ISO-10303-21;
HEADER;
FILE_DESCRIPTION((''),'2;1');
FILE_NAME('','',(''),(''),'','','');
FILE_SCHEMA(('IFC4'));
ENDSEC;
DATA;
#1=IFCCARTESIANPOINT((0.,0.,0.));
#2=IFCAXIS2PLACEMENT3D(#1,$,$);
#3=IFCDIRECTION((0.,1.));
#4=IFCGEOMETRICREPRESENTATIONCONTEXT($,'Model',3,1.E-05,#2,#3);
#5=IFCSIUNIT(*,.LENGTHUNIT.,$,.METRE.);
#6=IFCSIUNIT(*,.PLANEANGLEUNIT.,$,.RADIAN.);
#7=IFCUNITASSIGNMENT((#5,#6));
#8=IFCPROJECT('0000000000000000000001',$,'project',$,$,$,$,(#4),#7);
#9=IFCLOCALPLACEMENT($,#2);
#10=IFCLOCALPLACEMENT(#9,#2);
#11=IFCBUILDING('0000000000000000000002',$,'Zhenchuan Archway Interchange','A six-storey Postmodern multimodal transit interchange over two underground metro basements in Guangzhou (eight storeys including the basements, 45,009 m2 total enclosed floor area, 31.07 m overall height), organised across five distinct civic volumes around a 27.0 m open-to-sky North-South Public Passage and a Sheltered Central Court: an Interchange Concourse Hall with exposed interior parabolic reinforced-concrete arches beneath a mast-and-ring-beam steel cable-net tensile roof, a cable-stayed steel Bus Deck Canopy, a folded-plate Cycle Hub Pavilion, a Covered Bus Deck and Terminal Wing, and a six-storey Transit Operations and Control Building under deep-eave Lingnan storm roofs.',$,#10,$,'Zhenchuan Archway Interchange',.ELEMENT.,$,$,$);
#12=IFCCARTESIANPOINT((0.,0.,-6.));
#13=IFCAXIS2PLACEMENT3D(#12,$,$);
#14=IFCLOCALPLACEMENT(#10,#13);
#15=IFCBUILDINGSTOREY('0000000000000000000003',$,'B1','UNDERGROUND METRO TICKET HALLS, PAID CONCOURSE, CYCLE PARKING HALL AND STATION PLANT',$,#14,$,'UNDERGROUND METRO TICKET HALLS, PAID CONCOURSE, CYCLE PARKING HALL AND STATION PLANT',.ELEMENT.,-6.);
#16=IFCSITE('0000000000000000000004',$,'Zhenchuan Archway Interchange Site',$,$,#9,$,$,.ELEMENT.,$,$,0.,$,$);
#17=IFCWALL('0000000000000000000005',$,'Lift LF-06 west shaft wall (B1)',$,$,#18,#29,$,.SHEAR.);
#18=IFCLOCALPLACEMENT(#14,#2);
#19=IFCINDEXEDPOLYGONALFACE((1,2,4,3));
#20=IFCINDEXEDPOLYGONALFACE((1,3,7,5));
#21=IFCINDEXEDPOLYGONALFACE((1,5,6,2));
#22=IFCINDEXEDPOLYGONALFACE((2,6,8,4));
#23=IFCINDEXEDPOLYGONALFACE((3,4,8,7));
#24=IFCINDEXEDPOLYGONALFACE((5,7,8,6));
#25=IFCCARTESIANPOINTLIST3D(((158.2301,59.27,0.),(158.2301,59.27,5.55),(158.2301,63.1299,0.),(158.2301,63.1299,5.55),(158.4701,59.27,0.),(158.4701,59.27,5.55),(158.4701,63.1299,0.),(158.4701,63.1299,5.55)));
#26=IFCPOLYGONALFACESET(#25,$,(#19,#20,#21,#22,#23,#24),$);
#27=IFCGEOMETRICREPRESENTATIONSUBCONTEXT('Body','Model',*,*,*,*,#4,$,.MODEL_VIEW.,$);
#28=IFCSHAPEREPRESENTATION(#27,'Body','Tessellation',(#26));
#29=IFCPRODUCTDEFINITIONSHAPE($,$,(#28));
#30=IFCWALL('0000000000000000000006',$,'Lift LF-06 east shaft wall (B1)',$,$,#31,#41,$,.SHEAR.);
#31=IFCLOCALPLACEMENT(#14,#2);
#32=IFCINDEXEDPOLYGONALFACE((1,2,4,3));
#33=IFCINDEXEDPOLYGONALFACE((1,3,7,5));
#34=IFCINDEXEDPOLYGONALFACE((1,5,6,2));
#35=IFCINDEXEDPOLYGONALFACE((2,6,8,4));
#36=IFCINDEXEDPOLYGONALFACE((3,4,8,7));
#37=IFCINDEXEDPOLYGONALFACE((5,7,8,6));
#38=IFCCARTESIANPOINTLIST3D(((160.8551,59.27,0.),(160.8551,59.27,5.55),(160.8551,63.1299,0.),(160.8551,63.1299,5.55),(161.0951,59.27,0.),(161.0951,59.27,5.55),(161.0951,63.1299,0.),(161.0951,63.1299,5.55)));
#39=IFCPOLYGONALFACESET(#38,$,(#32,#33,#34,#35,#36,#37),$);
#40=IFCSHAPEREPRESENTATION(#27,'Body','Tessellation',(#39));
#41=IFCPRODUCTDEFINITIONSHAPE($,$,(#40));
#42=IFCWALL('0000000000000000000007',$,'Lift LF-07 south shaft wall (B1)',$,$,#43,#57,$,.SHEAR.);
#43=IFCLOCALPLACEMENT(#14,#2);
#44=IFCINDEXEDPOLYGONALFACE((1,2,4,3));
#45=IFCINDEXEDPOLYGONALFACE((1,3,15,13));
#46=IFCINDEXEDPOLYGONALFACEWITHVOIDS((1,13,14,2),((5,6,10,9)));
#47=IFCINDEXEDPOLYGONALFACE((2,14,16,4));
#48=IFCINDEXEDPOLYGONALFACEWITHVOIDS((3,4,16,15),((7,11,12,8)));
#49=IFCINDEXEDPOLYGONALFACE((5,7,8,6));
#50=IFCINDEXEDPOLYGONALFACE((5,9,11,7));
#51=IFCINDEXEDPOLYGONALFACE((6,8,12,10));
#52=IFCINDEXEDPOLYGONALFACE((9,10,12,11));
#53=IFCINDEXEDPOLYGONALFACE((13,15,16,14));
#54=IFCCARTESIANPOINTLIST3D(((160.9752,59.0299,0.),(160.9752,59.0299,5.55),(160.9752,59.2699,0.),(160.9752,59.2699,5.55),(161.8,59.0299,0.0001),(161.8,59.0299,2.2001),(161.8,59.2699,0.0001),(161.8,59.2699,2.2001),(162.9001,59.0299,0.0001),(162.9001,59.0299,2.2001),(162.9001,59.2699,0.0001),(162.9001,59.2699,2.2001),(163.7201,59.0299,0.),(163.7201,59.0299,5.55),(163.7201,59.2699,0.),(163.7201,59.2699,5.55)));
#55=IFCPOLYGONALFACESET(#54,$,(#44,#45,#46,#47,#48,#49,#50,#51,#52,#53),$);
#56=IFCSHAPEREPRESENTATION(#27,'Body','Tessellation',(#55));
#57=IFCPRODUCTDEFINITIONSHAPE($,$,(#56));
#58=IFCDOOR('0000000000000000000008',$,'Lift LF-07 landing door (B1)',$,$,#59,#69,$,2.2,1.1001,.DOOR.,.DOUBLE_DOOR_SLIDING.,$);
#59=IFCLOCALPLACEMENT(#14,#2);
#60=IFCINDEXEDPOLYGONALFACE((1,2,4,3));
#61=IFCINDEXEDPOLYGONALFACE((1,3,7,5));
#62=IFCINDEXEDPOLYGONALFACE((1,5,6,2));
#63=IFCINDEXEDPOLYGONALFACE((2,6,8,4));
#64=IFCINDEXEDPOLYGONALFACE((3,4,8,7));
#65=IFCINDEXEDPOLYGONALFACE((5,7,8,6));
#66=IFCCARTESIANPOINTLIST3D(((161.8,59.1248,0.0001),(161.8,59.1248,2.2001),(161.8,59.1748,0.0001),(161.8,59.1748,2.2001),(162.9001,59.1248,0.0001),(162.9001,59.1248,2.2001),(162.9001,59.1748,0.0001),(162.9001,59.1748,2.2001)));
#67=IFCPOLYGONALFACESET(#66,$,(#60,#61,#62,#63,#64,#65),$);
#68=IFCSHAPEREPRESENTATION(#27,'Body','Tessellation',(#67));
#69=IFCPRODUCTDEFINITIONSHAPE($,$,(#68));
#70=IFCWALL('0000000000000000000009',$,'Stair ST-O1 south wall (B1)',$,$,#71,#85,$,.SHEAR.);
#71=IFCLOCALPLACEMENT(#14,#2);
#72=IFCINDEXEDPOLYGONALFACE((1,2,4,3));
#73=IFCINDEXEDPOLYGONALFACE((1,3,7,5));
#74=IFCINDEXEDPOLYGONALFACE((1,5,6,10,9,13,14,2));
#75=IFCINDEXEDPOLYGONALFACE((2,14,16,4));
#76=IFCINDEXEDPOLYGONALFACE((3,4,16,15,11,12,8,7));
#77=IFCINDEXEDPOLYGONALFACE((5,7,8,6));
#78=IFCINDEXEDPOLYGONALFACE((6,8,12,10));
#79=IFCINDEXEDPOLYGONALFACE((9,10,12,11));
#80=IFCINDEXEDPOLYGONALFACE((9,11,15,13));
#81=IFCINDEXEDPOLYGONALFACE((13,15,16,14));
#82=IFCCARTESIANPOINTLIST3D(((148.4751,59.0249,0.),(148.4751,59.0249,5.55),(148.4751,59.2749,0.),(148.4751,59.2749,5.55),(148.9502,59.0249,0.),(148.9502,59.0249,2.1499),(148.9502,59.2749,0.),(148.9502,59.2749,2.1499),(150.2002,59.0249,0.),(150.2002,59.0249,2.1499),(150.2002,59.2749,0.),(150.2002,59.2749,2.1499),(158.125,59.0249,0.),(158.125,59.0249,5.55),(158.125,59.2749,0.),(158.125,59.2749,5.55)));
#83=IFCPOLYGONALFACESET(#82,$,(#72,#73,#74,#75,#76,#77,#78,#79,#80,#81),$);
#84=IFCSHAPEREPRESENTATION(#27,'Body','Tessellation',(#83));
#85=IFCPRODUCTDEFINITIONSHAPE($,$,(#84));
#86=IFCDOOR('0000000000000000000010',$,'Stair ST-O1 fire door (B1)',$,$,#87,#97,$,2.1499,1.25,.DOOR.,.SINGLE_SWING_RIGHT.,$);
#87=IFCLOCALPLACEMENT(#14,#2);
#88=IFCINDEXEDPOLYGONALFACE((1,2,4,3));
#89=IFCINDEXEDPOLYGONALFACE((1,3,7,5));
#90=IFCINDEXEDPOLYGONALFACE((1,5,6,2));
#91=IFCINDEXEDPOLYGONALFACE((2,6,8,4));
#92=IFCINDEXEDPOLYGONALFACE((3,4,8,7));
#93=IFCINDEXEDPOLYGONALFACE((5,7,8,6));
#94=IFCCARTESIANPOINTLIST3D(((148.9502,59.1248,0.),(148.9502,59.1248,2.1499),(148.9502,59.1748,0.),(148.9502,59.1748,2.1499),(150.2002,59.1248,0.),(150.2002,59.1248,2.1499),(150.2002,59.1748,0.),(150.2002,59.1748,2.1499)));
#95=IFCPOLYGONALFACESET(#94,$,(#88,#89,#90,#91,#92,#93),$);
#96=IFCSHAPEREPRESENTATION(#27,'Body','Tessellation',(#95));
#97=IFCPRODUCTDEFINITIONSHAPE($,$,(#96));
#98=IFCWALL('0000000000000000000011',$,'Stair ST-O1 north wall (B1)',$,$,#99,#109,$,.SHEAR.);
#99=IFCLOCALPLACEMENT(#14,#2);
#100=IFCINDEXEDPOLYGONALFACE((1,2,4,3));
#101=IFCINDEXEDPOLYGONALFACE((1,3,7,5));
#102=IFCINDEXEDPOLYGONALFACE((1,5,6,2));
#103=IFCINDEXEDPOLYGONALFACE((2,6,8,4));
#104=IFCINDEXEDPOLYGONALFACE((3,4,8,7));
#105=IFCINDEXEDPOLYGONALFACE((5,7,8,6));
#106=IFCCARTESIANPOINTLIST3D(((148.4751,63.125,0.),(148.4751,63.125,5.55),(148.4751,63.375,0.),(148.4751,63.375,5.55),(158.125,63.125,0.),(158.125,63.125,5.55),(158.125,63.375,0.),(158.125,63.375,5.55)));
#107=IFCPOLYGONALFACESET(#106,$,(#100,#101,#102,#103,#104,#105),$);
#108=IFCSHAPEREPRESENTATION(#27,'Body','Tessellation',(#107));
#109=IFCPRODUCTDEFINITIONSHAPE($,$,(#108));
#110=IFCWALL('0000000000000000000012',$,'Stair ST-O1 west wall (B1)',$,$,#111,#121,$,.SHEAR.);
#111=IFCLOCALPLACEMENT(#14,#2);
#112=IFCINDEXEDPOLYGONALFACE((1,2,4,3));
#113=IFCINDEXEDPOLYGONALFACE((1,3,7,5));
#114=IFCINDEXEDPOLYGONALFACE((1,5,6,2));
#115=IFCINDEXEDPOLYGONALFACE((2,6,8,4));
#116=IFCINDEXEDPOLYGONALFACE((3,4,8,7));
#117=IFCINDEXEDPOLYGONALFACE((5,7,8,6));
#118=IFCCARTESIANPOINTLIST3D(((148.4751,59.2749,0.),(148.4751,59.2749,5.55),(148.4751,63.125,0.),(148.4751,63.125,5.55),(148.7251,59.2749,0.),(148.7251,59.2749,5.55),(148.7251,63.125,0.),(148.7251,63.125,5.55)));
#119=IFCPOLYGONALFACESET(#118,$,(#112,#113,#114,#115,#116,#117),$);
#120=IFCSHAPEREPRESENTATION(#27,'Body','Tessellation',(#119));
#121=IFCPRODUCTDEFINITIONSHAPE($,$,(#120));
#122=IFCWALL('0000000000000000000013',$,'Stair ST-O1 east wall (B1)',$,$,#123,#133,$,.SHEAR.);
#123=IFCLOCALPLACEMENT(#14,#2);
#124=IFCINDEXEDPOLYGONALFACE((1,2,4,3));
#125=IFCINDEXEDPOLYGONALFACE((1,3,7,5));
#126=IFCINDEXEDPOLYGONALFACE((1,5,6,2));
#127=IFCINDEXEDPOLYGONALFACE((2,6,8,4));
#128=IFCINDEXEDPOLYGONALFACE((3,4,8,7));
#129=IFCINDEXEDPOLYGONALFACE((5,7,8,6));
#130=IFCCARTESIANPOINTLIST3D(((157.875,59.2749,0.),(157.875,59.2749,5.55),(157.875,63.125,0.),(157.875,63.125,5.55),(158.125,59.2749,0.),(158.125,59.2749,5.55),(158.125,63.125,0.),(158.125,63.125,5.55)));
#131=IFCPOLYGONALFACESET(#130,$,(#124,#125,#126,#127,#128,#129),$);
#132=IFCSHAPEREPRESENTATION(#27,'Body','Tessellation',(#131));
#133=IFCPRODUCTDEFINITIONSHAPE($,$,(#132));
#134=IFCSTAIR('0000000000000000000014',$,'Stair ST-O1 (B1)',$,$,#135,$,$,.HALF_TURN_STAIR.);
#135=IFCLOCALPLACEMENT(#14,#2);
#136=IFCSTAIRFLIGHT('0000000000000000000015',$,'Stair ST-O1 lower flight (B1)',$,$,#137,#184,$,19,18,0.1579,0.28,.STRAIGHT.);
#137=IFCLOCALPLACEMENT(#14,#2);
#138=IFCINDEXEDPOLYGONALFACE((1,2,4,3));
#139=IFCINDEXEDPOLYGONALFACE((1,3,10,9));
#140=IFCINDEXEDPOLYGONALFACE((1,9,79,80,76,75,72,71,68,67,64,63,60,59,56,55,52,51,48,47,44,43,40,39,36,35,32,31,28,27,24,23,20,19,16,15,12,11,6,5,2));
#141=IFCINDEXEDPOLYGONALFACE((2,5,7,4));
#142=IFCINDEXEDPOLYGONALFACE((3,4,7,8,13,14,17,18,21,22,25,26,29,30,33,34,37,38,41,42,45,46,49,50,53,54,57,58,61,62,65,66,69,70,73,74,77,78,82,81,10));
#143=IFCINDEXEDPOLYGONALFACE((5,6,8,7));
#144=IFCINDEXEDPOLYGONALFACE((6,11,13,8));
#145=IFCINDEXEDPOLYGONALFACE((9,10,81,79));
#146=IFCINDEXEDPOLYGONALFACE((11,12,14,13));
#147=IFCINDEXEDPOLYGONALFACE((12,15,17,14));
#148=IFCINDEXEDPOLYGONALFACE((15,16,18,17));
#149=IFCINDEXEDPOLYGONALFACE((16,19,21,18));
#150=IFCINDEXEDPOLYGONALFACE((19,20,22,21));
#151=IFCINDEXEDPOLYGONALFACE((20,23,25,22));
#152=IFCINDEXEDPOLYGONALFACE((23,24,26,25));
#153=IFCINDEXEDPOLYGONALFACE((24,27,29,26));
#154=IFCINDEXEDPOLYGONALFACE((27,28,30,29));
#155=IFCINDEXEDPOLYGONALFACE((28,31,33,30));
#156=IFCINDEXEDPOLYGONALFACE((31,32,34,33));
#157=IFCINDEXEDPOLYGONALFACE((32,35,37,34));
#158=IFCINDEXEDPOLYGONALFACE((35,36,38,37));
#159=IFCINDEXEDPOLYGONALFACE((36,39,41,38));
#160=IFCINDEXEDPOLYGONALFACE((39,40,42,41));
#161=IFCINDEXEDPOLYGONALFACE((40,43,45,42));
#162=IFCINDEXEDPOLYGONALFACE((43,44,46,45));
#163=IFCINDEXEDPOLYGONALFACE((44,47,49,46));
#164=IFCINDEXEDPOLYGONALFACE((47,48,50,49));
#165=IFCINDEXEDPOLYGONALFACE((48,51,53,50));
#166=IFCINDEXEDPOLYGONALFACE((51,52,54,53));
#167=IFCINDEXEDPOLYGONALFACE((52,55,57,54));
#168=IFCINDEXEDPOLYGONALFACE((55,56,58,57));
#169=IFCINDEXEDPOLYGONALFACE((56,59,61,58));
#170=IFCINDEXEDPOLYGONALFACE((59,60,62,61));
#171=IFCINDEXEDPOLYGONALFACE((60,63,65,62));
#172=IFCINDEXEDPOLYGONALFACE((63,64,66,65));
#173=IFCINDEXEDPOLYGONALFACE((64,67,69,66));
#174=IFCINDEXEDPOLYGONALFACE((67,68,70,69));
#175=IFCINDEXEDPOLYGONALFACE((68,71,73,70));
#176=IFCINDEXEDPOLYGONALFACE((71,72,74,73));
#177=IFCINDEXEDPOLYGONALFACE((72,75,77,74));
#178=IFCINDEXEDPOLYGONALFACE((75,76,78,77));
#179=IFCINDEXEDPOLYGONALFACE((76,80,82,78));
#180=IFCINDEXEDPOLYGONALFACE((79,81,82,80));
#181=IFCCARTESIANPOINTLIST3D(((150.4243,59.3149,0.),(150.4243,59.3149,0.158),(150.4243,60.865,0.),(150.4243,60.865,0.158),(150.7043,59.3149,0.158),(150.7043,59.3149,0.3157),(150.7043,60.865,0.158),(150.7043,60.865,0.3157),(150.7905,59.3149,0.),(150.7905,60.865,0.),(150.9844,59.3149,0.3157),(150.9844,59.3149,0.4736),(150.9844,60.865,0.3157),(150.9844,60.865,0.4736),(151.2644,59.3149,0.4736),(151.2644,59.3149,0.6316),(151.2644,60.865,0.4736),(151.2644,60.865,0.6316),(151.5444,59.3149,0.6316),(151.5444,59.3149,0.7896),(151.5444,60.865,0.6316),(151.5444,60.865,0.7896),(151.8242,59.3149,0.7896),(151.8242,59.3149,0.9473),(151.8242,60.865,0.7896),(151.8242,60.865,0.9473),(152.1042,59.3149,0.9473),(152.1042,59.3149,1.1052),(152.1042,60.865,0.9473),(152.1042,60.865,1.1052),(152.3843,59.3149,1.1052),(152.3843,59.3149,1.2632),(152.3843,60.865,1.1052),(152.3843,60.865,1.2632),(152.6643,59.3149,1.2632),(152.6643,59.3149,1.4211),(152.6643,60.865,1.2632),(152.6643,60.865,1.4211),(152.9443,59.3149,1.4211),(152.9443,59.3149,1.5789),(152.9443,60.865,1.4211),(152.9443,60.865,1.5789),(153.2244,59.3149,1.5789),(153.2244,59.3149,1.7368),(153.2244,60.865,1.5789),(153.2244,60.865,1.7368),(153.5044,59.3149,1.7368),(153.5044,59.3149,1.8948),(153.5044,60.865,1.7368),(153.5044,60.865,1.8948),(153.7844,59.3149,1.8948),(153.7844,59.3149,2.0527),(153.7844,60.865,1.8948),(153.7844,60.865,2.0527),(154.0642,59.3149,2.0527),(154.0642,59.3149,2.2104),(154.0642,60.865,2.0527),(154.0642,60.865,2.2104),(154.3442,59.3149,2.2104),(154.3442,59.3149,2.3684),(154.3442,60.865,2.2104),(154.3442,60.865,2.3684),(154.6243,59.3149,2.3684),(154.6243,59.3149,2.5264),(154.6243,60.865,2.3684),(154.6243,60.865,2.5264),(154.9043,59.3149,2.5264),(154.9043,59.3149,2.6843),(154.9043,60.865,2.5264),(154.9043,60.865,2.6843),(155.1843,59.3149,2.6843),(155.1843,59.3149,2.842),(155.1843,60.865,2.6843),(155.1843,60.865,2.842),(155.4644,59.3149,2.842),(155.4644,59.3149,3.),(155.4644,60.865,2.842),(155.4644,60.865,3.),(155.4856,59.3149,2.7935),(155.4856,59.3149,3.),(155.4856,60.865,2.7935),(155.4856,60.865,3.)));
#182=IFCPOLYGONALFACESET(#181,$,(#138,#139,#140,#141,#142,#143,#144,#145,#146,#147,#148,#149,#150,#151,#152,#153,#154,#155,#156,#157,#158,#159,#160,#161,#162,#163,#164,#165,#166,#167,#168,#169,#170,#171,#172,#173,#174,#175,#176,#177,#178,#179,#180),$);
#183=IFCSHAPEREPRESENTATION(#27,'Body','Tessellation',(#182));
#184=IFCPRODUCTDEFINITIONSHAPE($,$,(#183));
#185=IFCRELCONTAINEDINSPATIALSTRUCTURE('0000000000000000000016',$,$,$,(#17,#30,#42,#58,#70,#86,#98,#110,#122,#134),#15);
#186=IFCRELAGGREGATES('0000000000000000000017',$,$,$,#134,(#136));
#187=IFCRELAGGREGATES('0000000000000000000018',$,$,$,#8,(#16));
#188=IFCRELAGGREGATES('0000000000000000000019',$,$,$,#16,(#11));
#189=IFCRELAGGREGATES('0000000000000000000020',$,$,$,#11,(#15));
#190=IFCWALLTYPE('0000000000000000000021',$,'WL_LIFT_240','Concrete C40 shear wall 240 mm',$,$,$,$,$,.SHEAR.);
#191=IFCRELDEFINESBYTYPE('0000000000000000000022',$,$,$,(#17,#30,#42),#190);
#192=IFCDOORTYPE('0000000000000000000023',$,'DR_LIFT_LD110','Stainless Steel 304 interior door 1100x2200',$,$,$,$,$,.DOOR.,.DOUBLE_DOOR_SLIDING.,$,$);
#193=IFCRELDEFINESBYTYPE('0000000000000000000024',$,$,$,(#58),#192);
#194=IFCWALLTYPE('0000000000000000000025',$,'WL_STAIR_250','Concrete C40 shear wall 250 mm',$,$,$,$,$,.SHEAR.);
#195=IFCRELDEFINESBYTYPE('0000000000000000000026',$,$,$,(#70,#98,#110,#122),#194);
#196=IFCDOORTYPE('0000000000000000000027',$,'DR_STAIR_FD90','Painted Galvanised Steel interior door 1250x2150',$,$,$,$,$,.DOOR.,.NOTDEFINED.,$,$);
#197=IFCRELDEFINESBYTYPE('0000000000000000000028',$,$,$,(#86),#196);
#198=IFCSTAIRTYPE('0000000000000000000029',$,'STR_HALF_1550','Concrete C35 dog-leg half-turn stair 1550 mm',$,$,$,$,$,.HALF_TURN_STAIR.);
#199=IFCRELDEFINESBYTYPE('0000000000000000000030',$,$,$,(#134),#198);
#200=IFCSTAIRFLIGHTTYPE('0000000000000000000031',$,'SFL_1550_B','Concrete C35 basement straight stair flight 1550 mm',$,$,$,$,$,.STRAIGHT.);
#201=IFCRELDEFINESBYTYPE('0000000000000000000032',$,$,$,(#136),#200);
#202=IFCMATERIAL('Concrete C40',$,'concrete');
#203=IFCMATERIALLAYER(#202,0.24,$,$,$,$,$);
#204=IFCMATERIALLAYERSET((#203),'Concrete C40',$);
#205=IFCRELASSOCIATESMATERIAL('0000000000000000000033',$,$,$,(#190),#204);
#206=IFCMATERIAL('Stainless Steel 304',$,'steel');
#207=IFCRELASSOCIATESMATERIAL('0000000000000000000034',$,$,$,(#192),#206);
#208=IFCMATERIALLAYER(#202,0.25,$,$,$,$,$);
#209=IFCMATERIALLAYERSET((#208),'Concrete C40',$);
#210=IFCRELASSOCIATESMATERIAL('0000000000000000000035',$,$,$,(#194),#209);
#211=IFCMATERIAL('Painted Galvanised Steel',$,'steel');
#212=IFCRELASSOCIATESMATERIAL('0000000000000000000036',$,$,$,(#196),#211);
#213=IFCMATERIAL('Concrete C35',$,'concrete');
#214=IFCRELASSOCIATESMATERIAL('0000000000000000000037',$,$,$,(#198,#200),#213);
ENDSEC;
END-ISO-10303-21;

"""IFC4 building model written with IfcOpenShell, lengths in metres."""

from ifc_helpers import new_model, si_unit, direction, frame, frame_2d, origin, place, context, subcontext, project, spatial, polyline, rectangle, outline, extrude, material, layer, layer_set, type_object, element, fill, aggregate, save


model = new_model("IFC4")

# Units and contexts
model_context = context("Model", 3, precision=1e-05, world=origin(), true_north=direction((0.0, 1.0)))
body_context = subcontext(model_context, "Body", "Model", "MODEL_VIEW")
ifc_project = project(units=[si_unit("LENGTHUNIT", "METRE"), si_unit("PLANEANGLEUNIT", "RADIAN")], contexts=[model_context])

# Site, building, storey
site_placement = place(None, origin())
site = spatial("IfcSite", under=ifc_project, at=site_placement, Name="Zhenchuan Archway Interchange Site", CompositionType="ELEMENT", RefElevation=0.0)
building_placement = place(site_placement, origin())
building = spatial("IfcBuilding", under=site, at=building_placement, Name="Zhenchuan Archway Interchange", Description="A six-storey Postmodern multimodal transit interchange over two underground metro basements in Guangzhou (eight storeys including the basements, 45,009 m2 total enclosed floor area, 31.07 m overall height), organised across five distinct civic volumes around a 27.0 m open-to-sky North-South Public Passage and a Sheltered Central Court: an Interchange Concourse Hall with exposed interior parabolic reinforced-concrete arches beneath a mast-and-ring-beam steel cable-net tensile roof, a cable-stayed steel Bus Deck Canopy, a folded-plate Cycle Hub Pavilion, a Covered Bus Deck and Terminal Wing, and a six-storey Transit Operations and Control Building under deep-eave Lingnan storm roofs.", LongName="Zhenchuan Archway Interchange", CompositionType="ELEMENT")
storey_placement = place(building_placement, frame((0.0, 0.0, -6.0)))
storey = spatial("IfcBuildingStorey", under=building, at=storey_placement, Name="B1", Description="UNDERGROUND METRO TICKET HALLS, PAID CONCOURSE, CYCLE PARKING HALL AND STATION PLANT", LongName="UNDERGROUND METRO TICKET HALLS, PAID CONCOURSE, CYCLE PARKING HALL AND STATION PLANT", CompositionType="ELEMENT", Elevation=-6.0)

# Shared definitions
ifc_material_1 = material(Name="Concrete C40", Category="concrete")

# Shared definitions
ifc_material_2 = material(Name="Painted Galvanised Steel", Category="steel")
ifc_layer_1 = layer(ifc_material_1, 0.24)
ifc_layer_set_1 = layer_set([ifc_layer_1], Name="Concrete C40")
wall_type_1 = type_object("IfcWallType", Name="WL_LIFT_240", Description="Concrete C40 shear wall 240 mm", PredefinedType="SHEAR", material=ifc_layer_set_1)
ifc_material_3 = material(Name="Stainless Steel 304", Category="steel")
door_type_1 = type_object("IfcDoorType", Name="DR_LIFT_LD110", Description="Stainless Steel 304 interior door 1100x2200", OperationType="DOUBLE_DOOR_SLIDING", PredefinedType="DOOR", material=ifc_material_3)

# Walls
for number, where, z_axis, x_axis, name in (
    (1, (158.3501, 63.1299, 0.0), (0.0, 0.0, 1.0), (0.0, -1.0, 0.0), "Lift LF-06 west shaft wall (B1)"),
    (2, (160.9751, 59.27, 0.0), (0.0, 0.0, 1.0), (0.0, 1.0, 0.0), "Lift LF-06 east shaft wall (B1)"),
):
    element("IfcWall", number, at=place(storey_placement, frame(where, z_axis=z_axis, x_axis=x_axis)), inside=storey, type_object=wall_type_1, Name=name, PredefinedType="SHEAR", context=body_context, shape_type="SweptSolid", body=[
        extrude(rectangle(XDim=3.8599, YDim=0.24, at=frame_2d((1.9299, 0.0))), origin(), (0.0, 0.0, 1.0), 5.55),
    ])

# Walls, openings, doors
wall_1_placement = place(storey_placement, frame((160.9751, 59.1499, 0.0), z_axis=(0.0, 0.0, 1.0), x_axis=(1.0, 0.0, 0.0)))
wall_1 = element("IfcWall", 3, at=wall_1_placement, inside=storey, type_object=wall_type_1, Name="Lift LF-07 south shaft wall (B1)", PredefinedType="SHEAR", context=body_context, shape_type="SweptSolid", body=[
    extrude(rectangle(XDim=2.7449, YDim=0.24, at=frame_2d((1.3726, 0.0))), origin(), (0.0, 0.0, 1.0), 5.55),
])
opening_1_placement = place(wall_1_placement, frame((0.825, 0.0, 0.0)))
opening_1 = element("IfcOpeningElement", 4, at=opening_1_placement, cuts=wall_1, PredefinedType="OPENING", context=body_context, shape_type="SweptSolid", body=[
    extrude(rectangle(XDim=1.1001, YDim=2.2, at=frame_2d((0.55, 1.1001))), frame((0.0, 0.1318, 0.0), z_axis=(0.0, -1.0, 0.0), x_axis=(1.0, 0.0, 0.0)), (0.0, 0.0, 1.0), 0.2639),
])
door_1_placement = place(opening_1_placement, origin())
door_1 = element("IfcDoor", 5, at=door_1_placement, inside=storey, type_object=door_type_1, Name="Lift LF-07 landing door (B1)", OperationType="DOUBLE_DOOR_SLIDING", OverallHeight=2.2, OverallWidth=1.1001, PredefinedType="DOOR", context=body_context, shape_type="SweptSolid", body=[
    extrude(rectangle(XDim=1.1001, YDim=2.2, at=frame_2d((0.55, 1.1001))), frame((0.0, 0.0249, 0.0), z_axis=(0.0, -1.0, 0.0), x_axis=(1.0, 0.0, 0.0)), (0.0, 0.0, 1.0), 0.05),
])
fill(opening_1, door_1)
ifc_layer_2 = layer(ifc_material_1, 0.25)
ifc_layer_set_2 = layer_set([ifc_layer_2], Name="Concrete C40")
wall_type_2 = type_object("IfcWallType", Name="WL_STAIR_250", Description="Concrete C40 shear wall 250 mm", PredefinedType="SHEAR", material=ifc_layer_set_2)
wall_2_placement = place(storey_placement, frame((148.4751, 59.1499, 0.0), z_axis=(0.0, 0.0, 1.0), x_axis=(1.0, 0.0, 0.0)))
wall_2 = element("IfcWall", 6, at=wall_2_placement, inside=storey, type_object=wall_type_2, Name="Stair ST-O1 south wall (B1)", PredefinedType="SHEAR", context=body_context, shape_type="SweptSolid", body=[
    extrude(rectangle(XDim=9.6499, YDim=0.25, at=frame_2d((4.825, 0.0))), origin(), (0.0, 0.0, 1.0), 5.55),
])
opening_2_placement = place(wall_2_placement, frame((0.4751, 0.0, 0.0)))
opening_2 = element("IfcOpeningElement", 7, at=opening_2_placement, cuts=wall_2, PredefinedType="OPENING", context=body_context, shape_type="SweptSolid", body=[
    extrude(rectangle(XDim=1.25, YDim=2.1499, at=frame_2d((0.625, 1.075))), frame((0.0, 0.137, 0.0), z_axis=(0.0, -1.0, 0.0), x_axis=(1.0, 0.0, 0.0)), (0.0, 0.0, 1.0), 0.2739),
])
door_type_2 = type_object("IfcDoorType", Name="DR_STAIR_FD90", Description="Painted Galvanised Steel interior door 1250x2150", OperationType="NOTDEFINED", PredefinedType="DOOR", material=ifc_material_2)
door_2_placement = place(opening_2_placement, origin())
door_2 = element("IfcDoor", 8, at=door_2_placement, inside=storey, type_object=door_type_2, Name="Stair ST-O1 fire door (B1)", OperationType="SINGLE_SWING_RIGHT", OverallHeight=2.1499, OverallWidth=1.25, PredefinedType="DOOR", context=body_context, shape_type="SweptSolid", body=[
    extrude(rectangle(XDim=1.25, YDim=2.1499, at=frame_2d((0.625, 1.075))), frame((0.0, 0.0249, 0.0), z_axis=(0.0, -1.0, 0.0), x_axis=(1.0, 0.0, 0.0)), (0.0, 0.0, 1.0), 0.05),
])
fill(opening_2, door_2)

# Walls
wall_3_placement = place(storey_placement, frame((158.125, 63.25, 0.0), z_axis=(0.0, 0.0, 1.0), x_axis=(-1.0, 0.0, 0.0)))
element("IfcWall", 9, at=wall_3_placement, inside=storey, type_object=wall_type_2, Name="Stair ST-O1 north wall (B1)", PredefinedType="SHEAR", context=body_context, shape_type="SweptSolid", body=[
    extrude(rectangle(XDim=9.6499, YDim=0.25, at=frame_2d((4.825, 0.0))), origin(), (0.0, 0.0, 1.0), 5.55),
])
for number, where, z_axis, x_axis, name in (
    (10, (148.6001, 63.125, 0.0), (0.0, 0.0, 1.0), (0.0, -1.0, 0.0), "Stair ST-O1 west wall (B1)"),
    (11, (158.0, 59.2749, 0.0), (0.0, 0.0, 1.0), (0.0, 1.0, 0.0), "Stair ST-O1 east wall (B1)"),
):
    element("IfcWall", number, at=place(storey_placement, frame(where, z_axis=z_axis, x_axis=x_axis)), inside=storey, type_object=wall_type_2, Name=name, PredefinedType="SHEAR", context=body_context, shape_type="SweptSolid", body=[
        extrude(rectangle(XDim=3.8501, YDim=0.25, at=frame_2d((1.925, 0.0))), origin(), (0.0, 0.0, 1.0), 5.55),
    ])

# Stair, stair flight
ifc_material_4 = material(Name="Concrete C35", Category="concrete")
stair_type = type_object("IfcStairType", Name="STR_HALF_1550", Description="Concrete C35 dog-leg half-turn stair 1550 mm", PredefinedType="HALF_TURN_STAIR", material=ifc_material_4)
stair_placement = place(storey_placement, origin())
stair = element("IfcStair", 12, at=stair_placement, inside=storey, type_object=stair_type, Name="Stair ST-O1 (B1)", PredefinedType="HALF_TURN_STAIR")
stair_flight_type = type_object("IfcStairFlightType", Name="SFL_1550_B", Description="Concrete C35 basement straight stair flight 1550 mm", PredefinedType="STRAIGHT", material=ifc_material_4)
stair_flight_1_placement = place(storey_placement, frame((150.4243, 60.0901, 0.0), z_axis=(0.0, 0.0, 1.0), x_axis=(1.0, 0.0, 0.0)))
stair_flight_1 = element("IfcStairFlight", 13, at=stair_flight_1_placement, type_object=stair_flight_type, Name="Stair ST-O1 lower flight (B1)", NumberOfRisers=19, NumberOfTreads=18, PredefinedType="STRAIGHT", RiserHeight=0.1579, TreadLength=0.28, context=body_context, shape_type="SweptSolid", body=[
    extrude(outline(polyline([(0.0, 0.0), (0.0, 0.158), (0.28, 0.158), (0.28, 0.3157), (0.5601, 0.3157), (0.5601, 0.4736), (0.8401, 0.4736), (0.8401, 0.6316), (1.1201, 0.6316), (1.1201, 0.7896), (1.3999, 0.7896), (1.3999, 0.9473), (1.6799, 0.9473), (1.6799, 1.1052), (1.96, 1.1052), (1.96, 1.2632), (2.24, 1.2632), (2.24, 1.4211), (2.52, 1.4211), (2.52, 1.5789), (2.8, 1.5789), (2.8, 1.7368), (3.0801, 1.7368), (3.0801, 1.8948), (3.3601, 1.8948), (3.3601, 2.0527), (3.6399, 2.0527), (3.6399, 2.2104), (3.9199, 2.2104), (3.9199, 2.3684), (4.2, 2.3684), (4.2, 2.5264), (4.48, 2.5264), (4.48, 2.6843), (4.76, 2.6843), (4.76, 2.842), (5.04, 2.842), (5.04, 3.0), (5.0613, 3.0), (5.0613, 2.7935), (0.3662, 0.0), (0.0, 0.0)])), frame((0.0, 0.7749, 0.0), z_axis=(0.0, -1.0, 0.0), x_axis=(1.0, 0.0, 0.0)), (0.0, 0.0, 1.0), 1.55),
])
aggregate(stair, [stair_flight_1])

save(model, "model.ifc")
